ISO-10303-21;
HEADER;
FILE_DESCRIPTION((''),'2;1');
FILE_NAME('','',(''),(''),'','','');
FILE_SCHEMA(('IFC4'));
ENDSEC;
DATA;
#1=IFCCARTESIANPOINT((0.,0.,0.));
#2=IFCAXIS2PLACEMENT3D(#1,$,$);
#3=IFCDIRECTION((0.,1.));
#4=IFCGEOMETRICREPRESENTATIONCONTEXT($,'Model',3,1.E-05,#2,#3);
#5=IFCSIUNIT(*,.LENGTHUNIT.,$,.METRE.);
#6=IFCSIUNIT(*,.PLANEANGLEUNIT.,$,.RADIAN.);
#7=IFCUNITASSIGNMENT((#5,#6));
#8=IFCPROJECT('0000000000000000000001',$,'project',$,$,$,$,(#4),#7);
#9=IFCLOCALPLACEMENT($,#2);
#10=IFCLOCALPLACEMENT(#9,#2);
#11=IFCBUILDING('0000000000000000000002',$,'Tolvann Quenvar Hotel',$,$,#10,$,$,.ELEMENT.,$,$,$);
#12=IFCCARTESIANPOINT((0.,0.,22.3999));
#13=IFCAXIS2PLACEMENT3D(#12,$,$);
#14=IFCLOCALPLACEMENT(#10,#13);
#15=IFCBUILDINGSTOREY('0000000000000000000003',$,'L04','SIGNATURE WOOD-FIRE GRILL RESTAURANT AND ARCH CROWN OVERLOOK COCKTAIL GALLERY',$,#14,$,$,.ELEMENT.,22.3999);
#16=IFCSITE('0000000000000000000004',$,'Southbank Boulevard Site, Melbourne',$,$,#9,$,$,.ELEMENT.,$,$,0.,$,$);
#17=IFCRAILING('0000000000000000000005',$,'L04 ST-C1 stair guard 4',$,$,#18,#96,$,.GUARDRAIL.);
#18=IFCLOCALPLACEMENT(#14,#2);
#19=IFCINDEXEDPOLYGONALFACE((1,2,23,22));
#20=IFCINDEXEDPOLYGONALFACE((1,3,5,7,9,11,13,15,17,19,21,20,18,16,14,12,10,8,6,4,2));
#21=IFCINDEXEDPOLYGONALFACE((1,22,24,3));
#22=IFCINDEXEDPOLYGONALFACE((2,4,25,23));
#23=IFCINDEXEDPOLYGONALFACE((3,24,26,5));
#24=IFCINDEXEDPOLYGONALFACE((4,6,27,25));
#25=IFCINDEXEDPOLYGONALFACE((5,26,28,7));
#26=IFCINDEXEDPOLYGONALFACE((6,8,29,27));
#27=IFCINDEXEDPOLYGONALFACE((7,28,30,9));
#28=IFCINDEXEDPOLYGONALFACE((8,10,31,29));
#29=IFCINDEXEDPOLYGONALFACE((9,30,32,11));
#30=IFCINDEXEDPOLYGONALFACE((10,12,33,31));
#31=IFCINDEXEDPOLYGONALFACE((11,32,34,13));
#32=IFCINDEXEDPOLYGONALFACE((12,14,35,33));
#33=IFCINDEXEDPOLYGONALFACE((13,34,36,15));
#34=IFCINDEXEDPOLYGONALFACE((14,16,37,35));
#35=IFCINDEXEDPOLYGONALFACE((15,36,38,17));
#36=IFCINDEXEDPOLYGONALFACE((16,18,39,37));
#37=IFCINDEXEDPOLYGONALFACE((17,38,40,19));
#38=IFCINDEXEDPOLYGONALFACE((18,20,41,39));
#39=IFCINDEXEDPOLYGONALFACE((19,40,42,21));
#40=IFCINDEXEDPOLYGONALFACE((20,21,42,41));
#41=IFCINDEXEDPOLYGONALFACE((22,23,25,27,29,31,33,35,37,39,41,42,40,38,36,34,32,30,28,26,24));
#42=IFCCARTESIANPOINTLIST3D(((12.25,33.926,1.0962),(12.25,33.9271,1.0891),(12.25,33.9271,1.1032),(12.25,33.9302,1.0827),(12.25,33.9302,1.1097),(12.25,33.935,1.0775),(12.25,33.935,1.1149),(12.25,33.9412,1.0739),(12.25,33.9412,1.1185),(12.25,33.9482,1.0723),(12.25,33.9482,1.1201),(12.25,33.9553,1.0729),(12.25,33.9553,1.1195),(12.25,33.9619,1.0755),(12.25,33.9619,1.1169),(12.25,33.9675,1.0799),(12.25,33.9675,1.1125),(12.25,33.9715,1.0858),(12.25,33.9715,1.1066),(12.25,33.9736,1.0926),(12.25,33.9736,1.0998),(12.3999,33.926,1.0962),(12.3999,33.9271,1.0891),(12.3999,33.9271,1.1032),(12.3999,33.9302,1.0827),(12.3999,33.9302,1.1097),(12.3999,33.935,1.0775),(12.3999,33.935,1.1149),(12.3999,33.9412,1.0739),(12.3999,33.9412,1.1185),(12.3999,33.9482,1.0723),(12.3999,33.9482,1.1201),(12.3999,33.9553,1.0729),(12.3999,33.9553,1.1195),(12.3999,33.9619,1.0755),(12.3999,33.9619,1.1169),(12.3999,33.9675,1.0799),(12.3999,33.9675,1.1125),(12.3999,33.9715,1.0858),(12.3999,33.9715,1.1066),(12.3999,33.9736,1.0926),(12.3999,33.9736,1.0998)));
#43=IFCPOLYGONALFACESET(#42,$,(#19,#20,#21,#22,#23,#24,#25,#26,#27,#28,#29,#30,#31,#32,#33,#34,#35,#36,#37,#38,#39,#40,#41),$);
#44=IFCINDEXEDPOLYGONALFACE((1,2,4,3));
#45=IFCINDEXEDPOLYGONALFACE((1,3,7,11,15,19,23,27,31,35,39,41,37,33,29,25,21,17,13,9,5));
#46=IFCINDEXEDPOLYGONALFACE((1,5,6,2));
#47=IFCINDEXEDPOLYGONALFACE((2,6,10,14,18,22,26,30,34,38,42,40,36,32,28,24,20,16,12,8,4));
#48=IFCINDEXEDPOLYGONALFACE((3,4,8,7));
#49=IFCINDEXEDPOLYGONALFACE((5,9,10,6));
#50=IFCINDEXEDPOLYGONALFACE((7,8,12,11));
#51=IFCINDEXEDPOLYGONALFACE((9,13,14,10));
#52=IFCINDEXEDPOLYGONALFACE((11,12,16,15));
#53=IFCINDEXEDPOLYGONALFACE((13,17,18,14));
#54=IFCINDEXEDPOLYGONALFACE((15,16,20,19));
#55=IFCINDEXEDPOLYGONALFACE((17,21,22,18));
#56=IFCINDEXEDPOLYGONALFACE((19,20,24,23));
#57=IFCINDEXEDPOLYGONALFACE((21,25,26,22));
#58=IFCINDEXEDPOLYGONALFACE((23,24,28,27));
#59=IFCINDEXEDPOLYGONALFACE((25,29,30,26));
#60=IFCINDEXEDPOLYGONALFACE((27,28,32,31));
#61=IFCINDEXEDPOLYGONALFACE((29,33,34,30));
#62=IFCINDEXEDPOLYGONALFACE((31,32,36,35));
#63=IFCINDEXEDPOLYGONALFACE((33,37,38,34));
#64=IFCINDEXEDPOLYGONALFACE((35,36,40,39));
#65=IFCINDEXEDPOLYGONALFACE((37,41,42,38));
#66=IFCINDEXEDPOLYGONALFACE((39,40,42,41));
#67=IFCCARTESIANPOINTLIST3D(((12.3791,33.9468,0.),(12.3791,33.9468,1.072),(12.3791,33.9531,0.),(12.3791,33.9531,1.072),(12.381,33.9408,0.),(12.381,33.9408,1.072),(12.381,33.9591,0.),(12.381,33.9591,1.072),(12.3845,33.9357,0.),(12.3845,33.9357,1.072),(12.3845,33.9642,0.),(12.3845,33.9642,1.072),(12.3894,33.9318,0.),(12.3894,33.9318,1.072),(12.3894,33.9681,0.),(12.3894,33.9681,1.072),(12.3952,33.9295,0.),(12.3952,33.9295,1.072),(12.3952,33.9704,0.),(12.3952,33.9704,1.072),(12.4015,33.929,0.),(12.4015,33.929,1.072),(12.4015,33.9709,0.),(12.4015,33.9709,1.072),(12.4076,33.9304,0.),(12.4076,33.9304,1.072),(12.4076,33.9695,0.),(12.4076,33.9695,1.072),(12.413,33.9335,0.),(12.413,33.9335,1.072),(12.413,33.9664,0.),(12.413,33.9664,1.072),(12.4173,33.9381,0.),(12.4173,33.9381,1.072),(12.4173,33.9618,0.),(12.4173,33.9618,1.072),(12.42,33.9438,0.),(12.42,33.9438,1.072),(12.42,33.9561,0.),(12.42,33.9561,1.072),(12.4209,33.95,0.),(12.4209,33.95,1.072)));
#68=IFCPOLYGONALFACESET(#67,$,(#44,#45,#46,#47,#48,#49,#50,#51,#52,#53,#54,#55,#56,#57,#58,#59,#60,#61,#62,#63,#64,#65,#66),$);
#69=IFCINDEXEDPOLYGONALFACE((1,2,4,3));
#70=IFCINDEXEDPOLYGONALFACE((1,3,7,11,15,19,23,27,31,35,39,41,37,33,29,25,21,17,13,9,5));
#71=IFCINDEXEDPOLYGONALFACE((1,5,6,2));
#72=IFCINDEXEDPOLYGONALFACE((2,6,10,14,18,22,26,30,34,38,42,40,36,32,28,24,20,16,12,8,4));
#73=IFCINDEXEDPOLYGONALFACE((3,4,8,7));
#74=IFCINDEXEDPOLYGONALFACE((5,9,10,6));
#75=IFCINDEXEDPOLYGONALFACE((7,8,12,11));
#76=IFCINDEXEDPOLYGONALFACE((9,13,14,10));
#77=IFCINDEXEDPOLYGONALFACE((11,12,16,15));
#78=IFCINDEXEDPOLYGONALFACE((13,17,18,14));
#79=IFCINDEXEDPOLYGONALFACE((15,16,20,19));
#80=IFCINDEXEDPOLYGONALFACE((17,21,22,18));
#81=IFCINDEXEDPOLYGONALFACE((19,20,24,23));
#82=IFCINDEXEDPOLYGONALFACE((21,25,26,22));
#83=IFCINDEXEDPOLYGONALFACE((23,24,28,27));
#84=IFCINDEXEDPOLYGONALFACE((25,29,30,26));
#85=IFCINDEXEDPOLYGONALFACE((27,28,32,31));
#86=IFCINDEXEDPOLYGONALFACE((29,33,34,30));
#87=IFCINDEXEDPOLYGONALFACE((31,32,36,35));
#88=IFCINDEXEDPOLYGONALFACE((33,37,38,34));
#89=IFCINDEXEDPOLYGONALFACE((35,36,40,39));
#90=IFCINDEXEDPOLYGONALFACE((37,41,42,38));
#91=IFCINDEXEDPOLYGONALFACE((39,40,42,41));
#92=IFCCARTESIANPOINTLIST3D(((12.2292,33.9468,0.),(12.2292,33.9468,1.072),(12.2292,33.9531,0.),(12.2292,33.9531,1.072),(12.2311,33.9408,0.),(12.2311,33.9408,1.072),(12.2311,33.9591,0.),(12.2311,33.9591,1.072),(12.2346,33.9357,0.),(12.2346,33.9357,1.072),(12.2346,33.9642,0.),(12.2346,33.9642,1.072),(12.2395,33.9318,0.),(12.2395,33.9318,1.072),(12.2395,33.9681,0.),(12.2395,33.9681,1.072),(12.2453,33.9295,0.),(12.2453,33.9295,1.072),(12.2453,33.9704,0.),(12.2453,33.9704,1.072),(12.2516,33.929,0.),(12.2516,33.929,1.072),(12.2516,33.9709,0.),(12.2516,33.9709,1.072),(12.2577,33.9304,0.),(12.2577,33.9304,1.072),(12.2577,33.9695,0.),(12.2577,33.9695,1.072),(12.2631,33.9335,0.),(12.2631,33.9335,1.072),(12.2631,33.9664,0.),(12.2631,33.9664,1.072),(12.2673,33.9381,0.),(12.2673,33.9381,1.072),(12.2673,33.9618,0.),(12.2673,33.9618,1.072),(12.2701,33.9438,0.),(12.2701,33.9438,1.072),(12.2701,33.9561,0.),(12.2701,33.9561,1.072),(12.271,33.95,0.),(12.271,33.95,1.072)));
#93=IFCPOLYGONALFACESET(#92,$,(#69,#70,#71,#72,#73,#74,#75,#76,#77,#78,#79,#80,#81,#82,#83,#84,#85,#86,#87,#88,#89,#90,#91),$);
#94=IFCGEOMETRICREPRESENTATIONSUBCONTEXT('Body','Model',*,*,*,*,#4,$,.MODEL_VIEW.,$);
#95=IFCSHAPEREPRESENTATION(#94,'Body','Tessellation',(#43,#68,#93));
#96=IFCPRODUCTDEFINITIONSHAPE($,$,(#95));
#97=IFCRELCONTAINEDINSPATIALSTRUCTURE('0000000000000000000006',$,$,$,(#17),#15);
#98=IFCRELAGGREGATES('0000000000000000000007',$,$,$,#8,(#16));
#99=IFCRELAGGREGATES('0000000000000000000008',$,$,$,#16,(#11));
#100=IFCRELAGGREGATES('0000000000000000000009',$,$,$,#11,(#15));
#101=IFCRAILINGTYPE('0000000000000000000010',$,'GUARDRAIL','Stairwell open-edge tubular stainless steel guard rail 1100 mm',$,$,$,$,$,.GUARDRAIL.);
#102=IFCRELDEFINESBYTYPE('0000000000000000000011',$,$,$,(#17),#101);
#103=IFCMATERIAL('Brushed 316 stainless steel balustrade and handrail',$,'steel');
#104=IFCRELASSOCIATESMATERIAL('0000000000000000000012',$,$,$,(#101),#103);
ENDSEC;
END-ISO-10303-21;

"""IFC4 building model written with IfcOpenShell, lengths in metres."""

from ifc_helpers import new_model, si_unit, direction, frame, origin, origin_2d, place, context, subcontext, project, spatial, circle, extrude, material, type_object, element, save


model = new_model("IFC4")

# Units and contexts
model_context = context("Model", 3, precision=1e-05, world=origin(), true_north=direction((0.0, 1.0)))
body_context = subcontext(model_context, "Body", "Model", "MODEL_VIEW")
ifc_project = project(units=[si_unit("LENGTHUNIT", "METRE"), si_unit("PLANEANGLEUNIT", "RADIAN")], contexts=[model_context])

# Site, building, storey
site_placement = place(None, origin())
site = spatial("IfcSite", under=ifc_project, at=site_placement, Name="Southbank Boulevard Site, Melbourne", CompositionType="ELEMENT", RefElevation=0.0)
building_placement = place(site_placement, origin())
building = spatial("IfcBuilding", under=site, at=building_placement, Name="Tolvann Quenvar Hotel", CompositionType="ELEMENT")
storey_placement = place(building_placement, frame((0.0, 0.0, 22.3999)))
storey = spatial("IfcBuildingStorey", under=building, at=storey_placement, Name="L04", Description="SIGNATURE WOOD-FIRE GRILL RESTAURANT AND ARCH CROWN OVERLOOK COCKTAIL GALLERY", CompositionType="ELEMENT", Elevation=22.3999)

# Railing
ifc_material_1 = material(Name="Brushed 316 stainless steel balustrade and handrail", Category="steel")
railing_type_1 = type_object("IfcRailingType", Name="GUARDRAIL", Description="Stairwell open-edge tubular stainless steel guard rail 1100 mm", PredefinedType="GUARDRAIL", material=ifc_material_1)
railing_1_placement = place(storey_placement, frame((12.3999, 33.95, 0.0)))
element("IfcRailing", 1, at=railing_1_placement, inside=storey, type_object=railing_type_1, Name="L04 ST-C1 stair guard 4", PredefinedType="GUARDRAIL", context=body_context, shape_type="SweptSolid", body=[
    extrude(circle(Radius=0.0239, at=origin_2d()), frame((0.0, 0.0, 1.0962), z_axis=(-1.0, 0.0, 0.0), x_axis=(0.0, -1.0, 0.0)), (0.0, 0.0, 1.0), 0.1499),
    extrude(circle(Radius=0.021, at=origin_2d()), origin(), (0.0, 0.0, 1.0), 1.072),
    extrude(circle(Radius=0.021, at=origin_2d()), frame((-0.1499, 0.0, 0.0)), (0.0, 0.0, 1.0), 1.072),
])

save(model, "model.ifc")
